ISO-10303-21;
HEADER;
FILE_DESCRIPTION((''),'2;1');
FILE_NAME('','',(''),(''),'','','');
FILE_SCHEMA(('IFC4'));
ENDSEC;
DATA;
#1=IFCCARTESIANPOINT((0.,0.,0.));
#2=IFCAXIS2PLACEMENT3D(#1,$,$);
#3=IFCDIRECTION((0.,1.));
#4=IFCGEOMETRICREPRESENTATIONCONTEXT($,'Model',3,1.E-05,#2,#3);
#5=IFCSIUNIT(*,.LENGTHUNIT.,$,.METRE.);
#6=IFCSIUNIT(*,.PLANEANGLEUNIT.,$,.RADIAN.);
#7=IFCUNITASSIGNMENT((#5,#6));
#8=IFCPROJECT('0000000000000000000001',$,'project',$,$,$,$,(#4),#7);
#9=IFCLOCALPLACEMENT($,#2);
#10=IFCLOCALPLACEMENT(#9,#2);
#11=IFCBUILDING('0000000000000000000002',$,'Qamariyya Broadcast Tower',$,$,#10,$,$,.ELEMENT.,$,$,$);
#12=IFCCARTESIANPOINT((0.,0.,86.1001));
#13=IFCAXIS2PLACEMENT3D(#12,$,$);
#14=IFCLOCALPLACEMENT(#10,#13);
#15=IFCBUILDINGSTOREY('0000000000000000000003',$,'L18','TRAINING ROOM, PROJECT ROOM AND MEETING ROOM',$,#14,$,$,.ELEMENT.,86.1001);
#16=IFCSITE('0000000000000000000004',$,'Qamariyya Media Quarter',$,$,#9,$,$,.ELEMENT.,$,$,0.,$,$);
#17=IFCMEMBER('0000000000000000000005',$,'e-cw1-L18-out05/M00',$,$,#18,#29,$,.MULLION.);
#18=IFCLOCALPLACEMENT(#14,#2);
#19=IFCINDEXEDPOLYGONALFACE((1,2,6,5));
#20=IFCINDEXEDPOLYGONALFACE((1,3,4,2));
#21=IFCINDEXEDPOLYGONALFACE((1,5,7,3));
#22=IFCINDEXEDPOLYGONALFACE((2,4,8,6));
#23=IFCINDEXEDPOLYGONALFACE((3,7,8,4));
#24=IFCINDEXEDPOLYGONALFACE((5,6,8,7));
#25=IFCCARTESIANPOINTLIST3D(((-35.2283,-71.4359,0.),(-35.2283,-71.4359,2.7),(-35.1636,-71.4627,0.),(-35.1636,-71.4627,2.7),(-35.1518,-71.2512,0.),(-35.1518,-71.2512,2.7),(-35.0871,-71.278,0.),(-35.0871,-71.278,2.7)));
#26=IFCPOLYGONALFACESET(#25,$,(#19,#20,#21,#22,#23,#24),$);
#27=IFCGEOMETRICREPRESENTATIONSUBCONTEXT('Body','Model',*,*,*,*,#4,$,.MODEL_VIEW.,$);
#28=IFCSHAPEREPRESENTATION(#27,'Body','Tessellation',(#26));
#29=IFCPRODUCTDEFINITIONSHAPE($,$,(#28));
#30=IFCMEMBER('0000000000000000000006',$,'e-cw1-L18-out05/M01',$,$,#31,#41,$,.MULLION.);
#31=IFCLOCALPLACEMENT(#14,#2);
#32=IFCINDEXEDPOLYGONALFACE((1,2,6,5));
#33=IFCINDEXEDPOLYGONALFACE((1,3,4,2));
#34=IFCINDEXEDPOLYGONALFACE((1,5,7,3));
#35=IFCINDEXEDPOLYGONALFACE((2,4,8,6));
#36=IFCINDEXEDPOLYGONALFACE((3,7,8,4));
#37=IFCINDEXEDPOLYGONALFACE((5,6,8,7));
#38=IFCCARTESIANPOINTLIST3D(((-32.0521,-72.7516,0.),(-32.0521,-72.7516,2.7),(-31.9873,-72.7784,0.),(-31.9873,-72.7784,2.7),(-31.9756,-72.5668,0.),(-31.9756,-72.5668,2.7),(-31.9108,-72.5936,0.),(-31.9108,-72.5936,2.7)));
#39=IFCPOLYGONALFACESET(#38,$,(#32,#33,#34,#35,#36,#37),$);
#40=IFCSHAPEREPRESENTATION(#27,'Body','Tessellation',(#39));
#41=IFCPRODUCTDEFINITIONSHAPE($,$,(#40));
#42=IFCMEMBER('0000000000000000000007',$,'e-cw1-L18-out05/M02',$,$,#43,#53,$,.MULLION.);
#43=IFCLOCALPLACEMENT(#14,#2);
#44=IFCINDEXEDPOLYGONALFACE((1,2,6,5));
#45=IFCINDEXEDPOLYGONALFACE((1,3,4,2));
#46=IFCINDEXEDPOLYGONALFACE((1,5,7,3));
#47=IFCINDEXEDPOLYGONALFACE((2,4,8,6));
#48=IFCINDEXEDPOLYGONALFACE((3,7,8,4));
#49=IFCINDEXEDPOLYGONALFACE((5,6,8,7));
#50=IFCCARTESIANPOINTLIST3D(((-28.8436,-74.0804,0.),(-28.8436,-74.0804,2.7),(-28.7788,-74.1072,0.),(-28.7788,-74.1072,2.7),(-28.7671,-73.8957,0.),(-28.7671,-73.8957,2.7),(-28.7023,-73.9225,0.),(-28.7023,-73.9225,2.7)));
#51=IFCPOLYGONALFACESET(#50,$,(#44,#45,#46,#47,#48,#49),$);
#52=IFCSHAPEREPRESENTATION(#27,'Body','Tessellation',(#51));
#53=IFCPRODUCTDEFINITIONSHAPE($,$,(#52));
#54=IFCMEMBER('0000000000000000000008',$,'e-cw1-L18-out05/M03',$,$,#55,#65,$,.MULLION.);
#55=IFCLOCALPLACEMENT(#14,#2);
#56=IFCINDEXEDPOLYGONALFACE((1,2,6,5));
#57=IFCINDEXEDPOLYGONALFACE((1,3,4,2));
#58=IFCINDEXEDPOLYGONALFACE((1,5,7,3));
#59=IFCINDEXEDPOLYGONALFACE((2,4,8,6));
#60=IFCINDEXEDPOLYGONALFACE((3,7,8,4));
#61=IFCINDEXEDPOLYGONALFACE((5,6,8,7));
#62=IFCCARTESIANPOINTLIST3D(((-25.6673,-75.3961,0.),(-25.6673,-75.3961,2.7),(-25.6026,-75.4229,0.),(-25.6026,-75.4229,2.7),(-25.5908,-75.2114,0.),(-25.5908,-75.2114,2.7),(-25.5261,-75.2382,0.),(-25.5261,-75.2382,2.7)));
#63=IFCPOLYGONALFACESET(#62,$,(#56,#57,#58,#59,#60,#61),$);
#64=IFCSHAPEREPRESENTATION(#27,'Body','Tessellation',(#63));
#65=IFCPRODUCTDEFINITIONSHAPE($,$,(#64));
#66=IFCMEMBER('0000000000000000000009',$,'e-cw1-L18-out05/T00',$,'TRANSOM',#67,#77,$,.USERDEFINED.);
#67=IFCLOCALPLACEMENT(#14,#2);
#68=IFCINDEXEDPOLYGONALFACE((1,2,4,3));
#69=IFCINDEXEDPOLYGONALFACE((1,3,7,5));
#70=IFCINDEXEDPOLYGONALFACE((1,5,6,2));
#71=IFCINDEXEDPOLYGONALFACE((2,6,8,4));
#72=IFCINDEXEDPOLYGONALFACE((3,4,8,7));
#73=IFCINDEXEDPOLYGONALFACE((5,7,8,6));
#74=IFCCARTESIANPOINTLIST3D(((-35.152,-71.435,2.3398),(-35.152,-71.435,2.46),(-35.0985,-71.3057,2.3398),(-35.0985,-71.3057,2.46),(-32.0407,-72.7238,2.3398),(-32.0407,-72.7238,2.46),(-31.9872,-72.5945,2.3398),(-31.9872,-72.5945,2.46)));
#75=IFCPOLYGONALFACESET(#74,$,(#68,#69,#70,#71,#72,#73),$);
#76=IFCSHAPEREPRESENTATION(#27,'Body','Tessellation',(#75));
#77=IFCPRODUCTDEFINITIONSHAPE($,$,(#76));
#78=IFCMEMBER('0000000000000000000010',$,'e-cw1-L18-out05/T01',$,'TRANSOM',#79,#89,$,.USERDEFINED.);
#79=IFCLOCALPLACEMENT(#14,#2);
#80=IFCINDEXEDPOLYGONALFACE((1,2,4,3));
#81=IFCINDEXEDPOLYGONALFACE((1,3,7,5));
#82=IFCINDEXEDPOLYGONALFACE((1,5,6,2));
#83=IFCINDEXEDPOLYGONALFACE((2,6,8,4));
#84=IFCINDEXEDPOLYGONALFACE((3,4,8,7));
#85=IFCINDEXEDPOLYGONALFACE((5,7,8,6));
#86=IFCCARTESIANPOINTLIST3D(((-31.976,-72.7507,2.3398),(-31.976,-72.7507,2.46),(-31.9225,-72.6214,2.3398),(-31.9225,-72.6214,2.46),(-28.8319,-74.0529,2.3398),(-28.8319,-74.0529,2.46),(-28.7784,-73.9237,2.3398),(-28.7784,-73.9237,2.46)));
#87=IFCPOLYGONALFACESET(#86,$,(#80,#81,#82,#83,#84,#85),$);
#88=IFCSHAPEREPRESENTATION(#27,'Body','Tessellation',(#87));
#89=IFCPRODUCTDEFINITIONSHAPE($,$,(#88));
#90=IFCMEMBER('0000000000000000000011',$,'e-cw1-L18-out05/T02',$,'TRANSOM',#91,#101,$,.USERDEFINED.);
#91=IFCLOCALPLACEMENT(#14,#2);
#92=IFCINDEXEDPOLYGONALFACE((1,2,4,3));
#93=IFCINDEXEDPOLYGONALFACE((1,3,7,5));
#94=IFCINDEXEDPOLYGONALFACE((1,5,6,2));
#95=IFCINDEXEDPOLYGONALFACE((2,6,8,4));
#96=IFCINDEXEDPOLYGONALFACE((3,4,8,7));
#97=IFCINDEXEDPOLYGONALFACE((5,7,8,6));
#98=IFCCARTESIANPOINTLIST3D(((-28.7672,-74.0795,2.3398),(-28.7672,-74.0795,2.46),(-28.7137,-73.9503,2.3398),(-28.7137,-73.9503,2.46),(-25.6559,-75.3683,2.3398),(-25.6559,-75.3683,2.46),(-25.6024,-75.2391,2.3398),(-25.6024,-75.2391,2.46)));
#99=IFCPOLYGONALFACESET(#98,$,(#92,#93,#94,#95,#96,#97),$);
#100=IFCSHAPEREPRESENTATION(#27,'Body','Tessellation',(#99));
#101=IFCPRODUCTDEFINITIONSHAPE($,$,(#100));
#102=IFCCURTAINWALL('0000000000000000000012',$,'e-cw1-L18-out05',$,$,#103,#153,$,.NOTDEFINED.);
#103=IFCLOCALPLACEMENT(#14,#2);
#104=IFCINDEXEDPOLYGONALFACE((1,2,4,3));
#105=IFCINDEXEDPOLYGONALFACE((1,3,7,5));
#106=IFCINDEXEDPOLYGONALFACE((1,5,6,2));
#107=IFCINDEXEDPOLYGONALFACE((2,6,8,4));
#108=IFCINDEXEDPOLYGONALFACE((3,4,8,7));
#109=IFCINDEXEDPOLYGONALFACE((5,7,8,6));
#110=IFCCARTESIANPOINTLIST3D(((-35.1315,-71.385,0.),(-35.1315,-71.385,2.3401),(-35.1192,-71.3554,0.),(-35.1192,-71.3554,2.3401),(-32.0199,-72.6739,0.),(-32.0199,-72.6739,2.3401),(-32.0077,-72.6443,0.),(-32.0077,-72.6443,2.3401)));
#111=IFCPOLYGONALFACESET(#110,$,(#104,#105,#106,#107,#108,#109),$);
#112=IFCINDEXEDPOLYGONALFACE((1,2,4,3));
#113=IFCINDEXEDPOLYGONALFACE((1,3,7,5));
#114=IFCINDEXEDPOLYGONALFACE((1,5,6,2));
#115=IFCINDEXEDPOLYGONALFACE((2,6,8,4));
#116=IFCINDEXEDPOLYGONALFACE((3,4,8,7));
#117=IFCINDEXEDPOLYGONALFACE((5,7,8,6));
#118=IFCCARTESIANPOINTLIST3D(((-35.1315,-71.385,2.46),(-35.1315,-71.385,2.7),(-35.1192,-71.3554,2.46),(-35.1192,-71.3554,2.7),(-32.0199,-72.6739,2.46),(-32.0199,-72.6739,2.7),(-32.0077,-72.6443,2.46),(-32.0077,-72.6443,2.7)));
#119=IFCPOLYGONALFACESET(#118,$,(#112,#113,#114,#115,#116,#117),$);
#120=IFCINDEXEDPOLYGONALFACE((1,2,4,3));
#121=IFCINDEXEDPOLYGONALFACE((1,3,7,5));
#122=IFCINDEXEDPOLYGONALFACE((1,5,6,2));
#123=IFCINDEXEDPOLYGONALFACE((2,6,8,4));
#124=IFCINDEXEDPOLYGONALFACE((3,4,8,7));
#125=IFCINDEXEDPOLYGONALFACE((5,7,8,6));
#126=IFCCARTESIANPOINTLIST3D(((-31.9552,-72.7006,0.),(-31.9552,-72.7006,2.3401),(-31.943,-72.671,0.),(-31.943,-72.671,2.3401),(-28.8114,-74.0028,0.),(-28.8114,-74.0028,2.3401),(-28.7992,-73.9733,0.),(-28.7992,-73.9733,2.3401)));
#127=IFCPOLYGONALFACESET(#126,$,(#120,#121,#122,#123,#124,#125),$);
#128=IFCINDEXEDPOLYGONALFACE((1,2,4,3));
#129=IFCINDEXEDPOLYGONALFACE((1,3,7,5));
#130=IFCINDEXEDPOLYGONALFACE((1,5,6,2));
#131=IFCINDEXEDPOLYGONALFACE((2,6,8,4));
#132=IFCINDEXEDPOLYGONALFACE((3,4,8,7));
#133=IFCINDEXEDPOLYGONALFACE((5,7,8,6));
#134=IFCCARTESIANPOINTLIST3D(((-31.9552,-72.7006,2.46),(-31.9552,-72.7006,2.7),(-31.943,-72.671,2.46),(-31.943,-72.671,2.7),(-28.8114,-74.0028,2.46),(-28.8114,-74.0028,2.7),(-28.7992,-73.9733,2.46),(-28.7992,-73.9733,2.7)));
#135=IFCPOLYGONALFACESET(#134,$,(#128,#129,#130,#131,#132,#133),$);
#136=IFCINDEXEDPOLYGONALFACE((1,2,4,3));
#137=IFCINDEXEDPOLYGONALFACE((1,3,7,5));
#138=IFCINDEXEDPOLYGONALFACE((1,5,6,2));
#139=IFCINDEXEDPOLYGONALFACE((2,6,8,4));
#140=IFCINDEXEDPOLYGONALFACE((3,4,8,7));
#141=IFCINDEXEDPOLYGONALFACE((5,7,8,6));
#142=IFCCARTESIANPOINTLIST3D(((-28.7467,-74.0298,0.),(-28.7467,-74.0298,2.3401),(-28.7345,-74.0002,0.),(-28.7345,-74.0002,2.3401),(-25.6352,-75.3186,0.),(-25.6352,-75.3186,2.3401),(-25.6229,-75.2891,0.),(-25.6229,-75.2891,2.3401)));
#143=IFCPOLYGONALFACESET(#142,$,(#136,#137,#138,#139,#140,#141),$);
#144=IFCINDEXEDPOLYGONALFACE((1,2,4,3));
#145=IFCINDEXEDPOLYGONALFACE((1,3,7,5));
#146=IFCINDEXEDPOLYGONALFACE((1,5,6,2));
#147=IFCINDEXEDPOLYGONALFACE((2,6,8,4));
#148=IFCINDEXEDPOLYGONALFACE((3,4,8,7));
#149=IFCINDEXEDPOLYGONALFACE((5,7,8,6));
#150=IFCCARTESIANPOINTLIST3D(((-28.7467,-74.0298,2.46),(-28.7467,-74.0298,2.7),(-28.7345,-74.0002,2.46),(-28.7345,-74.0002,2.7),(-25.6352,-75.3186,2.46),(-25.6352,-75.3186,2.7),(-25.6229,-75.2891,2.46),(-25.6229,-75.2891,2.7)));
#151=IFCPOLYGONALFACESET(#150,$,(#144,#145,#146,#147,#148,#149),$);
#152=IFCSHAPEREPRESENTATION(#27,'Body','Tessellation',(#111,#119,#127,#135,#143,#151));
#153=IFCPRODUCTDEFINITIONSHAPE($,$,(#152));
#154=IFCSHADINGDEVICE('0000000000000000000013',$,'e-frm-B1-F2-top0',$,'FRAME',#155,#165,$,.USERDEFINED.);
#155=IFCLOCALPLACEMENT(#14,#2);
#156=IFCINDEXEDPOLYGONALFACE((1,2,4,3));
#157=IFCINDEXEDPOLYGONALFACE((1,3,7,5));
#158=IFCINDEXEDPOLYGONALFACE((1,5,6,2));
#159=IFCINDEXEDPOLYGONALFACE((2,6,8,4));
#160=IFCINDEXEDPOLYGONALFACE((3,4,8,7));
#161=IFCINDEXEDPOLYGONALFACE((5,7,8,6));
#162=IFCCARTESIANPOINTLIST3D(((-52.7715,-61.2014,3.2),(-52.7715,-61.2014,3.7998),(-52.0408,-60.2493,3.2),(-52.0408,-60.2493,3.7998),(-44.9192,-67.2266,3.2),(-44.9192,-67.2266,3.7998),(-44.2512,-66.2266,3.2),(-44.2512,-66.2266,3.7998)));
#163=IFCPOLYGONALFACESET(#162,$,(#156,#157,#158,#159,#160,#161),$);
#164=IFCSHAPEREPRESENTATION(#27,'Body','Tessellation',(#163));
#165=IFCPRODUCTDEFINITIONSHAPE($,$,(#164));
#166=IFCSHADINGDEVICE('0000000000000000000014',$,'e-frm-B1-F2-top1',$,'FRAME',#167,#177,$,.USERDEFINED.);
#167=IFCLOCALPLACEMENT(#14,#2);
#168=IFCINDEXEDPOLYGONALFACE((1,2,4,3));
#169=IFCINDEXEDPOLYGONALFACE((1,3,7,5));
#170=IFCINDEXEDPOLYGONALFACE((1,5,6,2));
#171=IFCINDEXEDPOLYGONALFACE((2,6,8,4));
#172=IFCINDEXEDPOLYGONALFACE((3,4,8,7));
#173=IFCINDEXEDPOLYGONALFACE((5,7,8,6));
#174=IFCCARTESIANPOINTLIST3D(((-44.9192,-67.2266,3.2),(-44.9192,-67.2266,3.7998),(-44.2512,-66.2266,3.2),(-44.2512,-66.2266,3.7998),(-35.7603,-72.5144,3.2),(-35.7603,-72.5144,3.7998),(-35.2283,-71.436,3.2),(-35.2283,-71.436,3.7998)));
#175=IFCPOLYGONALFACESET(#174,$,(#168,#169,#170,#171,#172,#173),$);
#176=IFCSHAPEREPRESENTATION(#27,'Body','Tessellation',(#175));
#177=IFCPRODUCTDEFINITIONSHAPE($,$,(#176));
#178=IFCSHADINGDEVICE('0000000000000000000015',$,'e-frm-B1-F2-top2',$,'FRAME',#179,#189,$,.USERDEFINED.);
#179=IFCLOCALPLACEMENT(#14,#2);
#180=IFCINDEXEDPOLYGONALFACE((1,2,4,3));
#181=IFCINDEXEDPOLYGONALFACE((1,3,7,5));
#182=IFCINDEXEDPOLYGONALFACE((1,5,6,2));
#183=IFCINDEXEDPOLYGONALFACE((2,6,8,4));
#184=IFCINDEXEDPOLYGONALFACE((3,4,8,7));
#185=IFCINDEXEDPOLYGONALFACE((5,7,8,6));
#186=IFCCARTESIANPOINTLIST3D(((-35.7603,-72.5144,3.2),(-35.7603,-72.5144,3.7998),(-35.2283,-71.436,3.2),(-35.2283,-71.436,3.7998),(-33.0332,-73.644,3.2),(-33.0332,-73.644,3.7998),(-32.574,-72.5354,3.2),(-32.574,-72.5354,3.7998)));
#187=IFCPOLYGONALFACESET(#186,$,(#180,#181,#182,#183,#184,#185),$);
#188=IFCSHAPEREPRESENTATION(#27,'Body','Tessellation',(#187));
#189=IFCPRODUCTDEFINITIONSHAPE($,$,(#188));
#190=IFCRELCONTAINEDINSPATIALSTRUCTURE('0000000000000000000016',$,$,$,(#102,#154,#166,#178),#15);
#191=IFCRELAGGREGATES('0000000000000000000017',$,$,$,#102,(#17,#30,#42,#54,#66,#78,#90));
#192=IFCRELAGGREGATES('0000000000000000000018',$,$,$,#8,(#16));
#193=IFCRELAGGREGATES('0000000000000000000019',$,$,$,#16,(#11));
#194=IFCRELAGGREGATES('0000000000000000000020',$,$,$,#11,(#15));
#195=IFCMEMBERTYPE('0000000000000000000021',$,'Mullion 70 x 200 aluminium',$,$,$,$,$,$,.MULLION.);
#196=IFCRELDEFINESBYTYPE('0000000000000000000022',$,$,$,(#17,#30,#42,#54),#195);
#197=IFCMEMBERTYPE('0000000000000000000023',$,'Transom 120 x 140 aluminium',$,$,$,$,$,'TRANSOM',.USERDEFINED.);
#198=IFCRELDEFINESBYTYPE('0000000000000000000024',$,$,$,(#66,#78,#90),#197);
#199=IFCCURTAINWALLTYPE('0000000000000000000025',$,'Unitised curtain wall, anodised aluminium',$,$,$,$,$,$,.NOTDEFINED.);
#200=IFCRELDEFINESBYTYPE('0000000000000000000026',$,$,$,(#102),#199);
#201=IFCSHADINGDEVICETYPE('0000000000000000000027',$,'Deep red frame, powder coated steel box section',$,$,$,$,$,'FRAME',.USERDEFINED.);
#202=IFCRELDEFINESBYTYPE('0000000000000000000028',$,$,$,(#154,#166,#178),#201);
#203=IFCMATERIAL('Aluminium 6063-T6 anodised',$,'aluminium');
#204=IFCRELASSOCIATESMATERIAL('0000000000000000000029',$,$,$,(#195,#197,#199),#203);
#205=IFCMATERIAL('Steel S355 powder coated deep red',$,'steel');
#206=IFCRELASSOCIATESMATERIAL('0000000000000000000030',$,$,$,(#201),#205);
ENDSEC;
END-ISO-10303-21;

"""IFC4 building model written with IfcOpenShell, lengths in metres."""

from ifc_helpers import new_model, si_unit, direction, frame, origin, origin_2d, place, context, subcontext, project, spatial, polyline, rectangle, outline, extrude, material, material_profile, profile_set, type_object, element, aggregate, save


model = new_model("IFC4")

# Units and contexts
model_context = context("Model", 3, precision=1e-05, world=origin(), true_north=direction((0.0, 1.0)))
body_context = subcontext(model_context, "Body", "Model", "MODEL_VIEW")
ifc_project = project(units=[si_unit("LENGTHUNIT", "METRE"), si_unit("PLANEANGLEUNIT", "RADIAN")], contexts=[model_context])

# Members
ifc_material_1 = material(Name="Aluminium 6063-T6 anodised", Category="aluminium")
ifc_material_profile_1 = material_profile(ifc_material_1, rectangle(XDim=0.2, YDim=0.0701, at=origin_2d()))
ifc_profile_set_1 = profile_set([ifc_material_profile_1], Name="Aluminium 6063-T6 anodised")
member_type_1 = type_object("IfcMemberType", Name="Mullion 70 x 200 aluminium", PredefinedType="MULLION", material=ifc_profile_set_1)
site_placement = place(None, origin())
building_placement = place(site_placement, origin())
storey_placement = place(building_placement, frame((0.0, 0.0, 86.1001)))
member_1_placement = place(storey_placement, frame((-35.1577, -71.3569, 0.0), z_axis=(0.0, 0.0, 1.0), x_axis=(0.382683, 0.92388, 0.0)))
member_1 = element("IfcMember", 1, at=member_1_placement, type_object=member_type_1, Name="e-cw1-L18-out05/M00", PredefinedType="MULLION", context=body_context, shape_type="SweptSolid", body=[
    extrude(rectangle(XDim=0.2, YDim=0.0701, at=origin_2d()), origin(), (0.0, 0.0, 1.0), 2.7),
])
member_2_placement = place(storey_placement, frame((-31.9814, -72.6726, 0.0), z_axis=(0.0, 0.0, 1.0), x_axis=(0.382683, 0.92388, 0.0)))
member_2 = element("IfcMember", 2, at=member_2_placement, type_object=member_type_1, Name="e-cw1-L18-out05/M01", PredefinedType="MULLION", context=body_context, shape_type="SweptSolid", body=[
    extrude(rectangle(XDim=0.2, YDim=0.0701, at=origin_2d()), origin(), (0.0, 0.0, 1.0), 2.7),
])
member_3_placement = place(storey_placement, frame((-28.7729, -74.0015, 0.0), z_axis=(0.0, 0.0, 1.0), x_axis=(0.382683, 0.92388, 0.0)))
member_3 = element("IfcMember", 3, at=member_3_placement, type_object=member_type_1, Name="e-cw1-L18-out05/M02", PredefinedType="MULLION", context=body_context, shape_type="SweptSolid", body=[
    extrude(rectangle(XDim=0.2, YDim=0.0701, at=origin_2d()), origin(), (0.0, 0.0, 1.0), 2.7),
])
member_4_placement = place(storey_placement, frame((-25.5967, -75.3171, 0.0), z_axis=(0.0, 0.0, 1.0), x_axis=(0.382683, 0.92388, 0.0)))
member_4 = element("IfcMember", 4, at=member_4_placement, type_object=member_type_1, Name="e-cw1-L18-out05/M03", PredefinedType="MULLION", context=body_context, shape_type="SweptSolid", body=[
    extrude(rectangle(XDim=0.2, YDim=0.0701, at=origin_2d()), origin(), (0.0, 0.0, 1.0), 2.7),
])
ifc_material_profile_2 = material_profile(ifc_material_1, rectangle(XDim=0.1399, YDim=0.1201, at=origin_2d()))
ifc_profile_set_2 = profile_set([ifc_material_profile_2], Name="Aluminium 6063-T6 anodised")
member_type_2 = type_object("IfcMemberType", Name="Transom 120 x 140 aluminium", ElementType="TRANSOM", PredefinedType="USERDEFINED", material=ifc_profile_set_2)
member_5_placement = place(storey_placement, frame((-35.1252, -71.3704, 2.3999), z_axis=(0.923873, -0.3827, 0.0), x_axis=(0.3827, 0.923873, 0.0)))
member_5 = element("IfcMember", 5, at=member_5_placement, type_object=member_type_2, Name="e-cw1-L18-out05/T00", ObjectType="TRANSOM", PredefinedType="USERDEFINED", context=body_context, shape_type="SweptSolid", body=[
    extrude(rectangle(XDim=0.1399, YDim=0.1201, at=origin_2d()), origin(), (0.0, 0.0, 1.0), 3.3677),
])
member_6_placement = place(storey_placement, frame((-31.9492, -72.686, 2.3999), z_axis=(0.923886, -0.382669, 0.0), x_axis=(0.382669, 0.923886, 0.0)))
member_6 = element("IfcMember", 6, at=member_6_placement, type_object=member_type_2, Name="e-cw1-L18-out05/T01", ObjectType="TRANSOM", PredefinedType="USERDEFINED", context=body_context, shape_type="SweptSolid", body=[
    extrude(rectangle(XDim=0.1399, YDim=0.1201, at=origin_2d()), origin(), (0.0, 0.0, 1.0), 3.4031),
])
member_7_placement = place(storey_placement, frame((-28.7405, -74.0149, 2.3999), z_axis=(0.923873, -0.3827, 0.0), x_axis=(0.3827, 0.923873, 0.0)))
member_7 = element("IfcMember", 7, at=member_7_placement, type_object=member_type_2, Name="e-cw1-L18-out05/T02", ObjectType="TRANSOM", PredefinedType="USERDEFINED", context=body_context, shape_type="SweptSolid", body=[
    extrude(rectangle(XDim=0.1399, YDim=0.1201, at=origin_2d()), origin(), (0.0, 0.0, 1.0), 3.3677),
])

# Site, building, storey
site = spatial("IfcSite", under=ifc_project, at=site_placement, Name="Qamariyya Media Quarter", CompositionType="ELEMENT", RefElevation=0.0)
building = spatial("IfcBuilding", under=site, at=building_placement, Name="Qamariyya Broadcast Tower", CompositionType="ELEMENT")
storey = spatial("IfcBuildingStorey", under=building, at=storey_placement, Name="L18", Description="TRAINING ROOM, PROJECT ROOM AND MEETING ROOM", CompositionType="ELEMENT", Elevation=86.1001)

# Curtain wall
curtain_wall_type = type_object("IfcCurtainWallType", Name="Unitised curtain wall, anodised aluminium", PredefinedType="NOTDEFINED", material=ifc_material_1)
curtain_wall_1_placement = place(storey_placement, origin())
curtain_wall_1 = element("IfcCurtainWall", 8, at=curtain_wall_1_placement, inside=storey, type_object=curtain_wall_type, Name="e-cw1-L18-out05", PredefinedType="NOTDEFINED", context=body_context, shape_type="SweptSolid", body=[
    extrude(rectangle(XDim=3.3679, YDim=0.032, at=origin_2d()), frame((-33.5696, -72.0146, 0.0), x_axis=(0.923878, -0.382688, 0.0)), (0.0, 0.0, 1.0), 2.3401),
    extrude(rectangle(XDim=3.3679, YDim=0.032, at=origin_2d()), frame((-33.5696, -72.0146, 2.46), x_axis=(0.923878, -0.382688, 0.0)), (0.0, 0.0, 1.0), 0.24),
    extrude(rectangle(XDim=3.4028, YDim=0.032, at=origin_2d()), frame((-30.3772, -73.3369, 0.0), x_axis=(0.923878, -0.382688, 0.0)), (0.0, 0.0, 1.0), 2.3401),
    extrude(rectangle(XDim=3.4028, YDim=0.032, at=origin_2d()), frame((-30.3772, -73.3369, 2.46), x_axis=(0.923878, -0.382688, 0.0)), (0.0, 0.0, 1.0), 0.24),
    extrude(rectangle(XDim=3.3679, YDim=0.032, at=origin_2d()), frame((-27.1848, -74.6594, 0.0), x_axis=(0.923878, -0.382688, 0.0)), (0.0, 0.0, 1.0), 2.3401),
    extrude(rectangle(XDim=3.3679, YDim=0.032, at=origin_2d()), frame((-27.1848, -74.6594, 2.46), x_axis=(0.923878, -0.382688, 0.0)), (0.0, 0.0, 1.0), 0.24),
])
aggregate(curtain_wall_1, [member_1, member_2, member_3, member_4, member_5, member_6, member_7])

# Shading devices
ifc_material_2 = material(Name="Steel S355 powder coated deep red", Category="steel")
shading_device_type = type_object("IfcShadingDeviceType", Name="Deep red frame, powder coated steel box section", ElementType="FRAME", PredefinedType="USERDEFINED", material=ifc_material_2)
shading_device_1_placement = place(storey_placement, frame((0.0, 0.0, 3.2)))
element("IfcShadingDevice", 9, at=shading_device_1_placement, inside=storey, type_object=shading_device_type, Name="e-frm-B1-F2-top0", ObjectType="FRAME", PredefinedType="USERDEFINED", context=body_context, shape_type="SweptSolid", body=[
    extrude(outline(polyline([(-52.0408, -60.2493), (-52.7715, -61.2014), (-44.9192, -67.2266), (-44.2512, -66.2266), (-52.0408, -60.2493)])), origin(), (0.0, 0.0, 1.0), 0.5999),
])
shading_device_2_placement = place(storey_placement, frame((0.0, 0.0, 3.2)))
element("IfcShadingDevice", 10, at=shading_device_2_placement, inside=storey, type_object=shading_device_type, Name="e-frm-B1-F2-top1", ObjectType="FRAME", PredefinedType="USERDEFINED", context=body_context, shape_type="SweptSolid", body=[
    extrude(outline(polyline([(-44.2512, -66.2266), (-44.9192, -67.2266), (-35.7603, -72.5144), (-35.2283, -71.436), (-44.2512, -66.2266)])), origin(), (0.0, 0.0, 1.0), 0.5999),
])
shading_device_3_placement = place(storey_placement, frame((0.0, 0.0, 3.2)))
element("IfcShadingDevice", 11, at=shading_device_3_placement, inside=storey, type_object=shading_device_type, Name="e-frm-B1-F2-top2", ObjectType="FRAME", PredefinedType="USERDEFINED", context=body_context, shape_type="SweptSolid", body=[
    extrude(outline(polyline([(-35.2283, -71.436), (-35.7603, -72.5144), (-33.0332, -73.644), (-32.574, -72.5354), (-35.2283, -71.436)])), origin(), (0.0, 0.0, 1.0), 0.5999),
])

save(model, "model.ifc")
